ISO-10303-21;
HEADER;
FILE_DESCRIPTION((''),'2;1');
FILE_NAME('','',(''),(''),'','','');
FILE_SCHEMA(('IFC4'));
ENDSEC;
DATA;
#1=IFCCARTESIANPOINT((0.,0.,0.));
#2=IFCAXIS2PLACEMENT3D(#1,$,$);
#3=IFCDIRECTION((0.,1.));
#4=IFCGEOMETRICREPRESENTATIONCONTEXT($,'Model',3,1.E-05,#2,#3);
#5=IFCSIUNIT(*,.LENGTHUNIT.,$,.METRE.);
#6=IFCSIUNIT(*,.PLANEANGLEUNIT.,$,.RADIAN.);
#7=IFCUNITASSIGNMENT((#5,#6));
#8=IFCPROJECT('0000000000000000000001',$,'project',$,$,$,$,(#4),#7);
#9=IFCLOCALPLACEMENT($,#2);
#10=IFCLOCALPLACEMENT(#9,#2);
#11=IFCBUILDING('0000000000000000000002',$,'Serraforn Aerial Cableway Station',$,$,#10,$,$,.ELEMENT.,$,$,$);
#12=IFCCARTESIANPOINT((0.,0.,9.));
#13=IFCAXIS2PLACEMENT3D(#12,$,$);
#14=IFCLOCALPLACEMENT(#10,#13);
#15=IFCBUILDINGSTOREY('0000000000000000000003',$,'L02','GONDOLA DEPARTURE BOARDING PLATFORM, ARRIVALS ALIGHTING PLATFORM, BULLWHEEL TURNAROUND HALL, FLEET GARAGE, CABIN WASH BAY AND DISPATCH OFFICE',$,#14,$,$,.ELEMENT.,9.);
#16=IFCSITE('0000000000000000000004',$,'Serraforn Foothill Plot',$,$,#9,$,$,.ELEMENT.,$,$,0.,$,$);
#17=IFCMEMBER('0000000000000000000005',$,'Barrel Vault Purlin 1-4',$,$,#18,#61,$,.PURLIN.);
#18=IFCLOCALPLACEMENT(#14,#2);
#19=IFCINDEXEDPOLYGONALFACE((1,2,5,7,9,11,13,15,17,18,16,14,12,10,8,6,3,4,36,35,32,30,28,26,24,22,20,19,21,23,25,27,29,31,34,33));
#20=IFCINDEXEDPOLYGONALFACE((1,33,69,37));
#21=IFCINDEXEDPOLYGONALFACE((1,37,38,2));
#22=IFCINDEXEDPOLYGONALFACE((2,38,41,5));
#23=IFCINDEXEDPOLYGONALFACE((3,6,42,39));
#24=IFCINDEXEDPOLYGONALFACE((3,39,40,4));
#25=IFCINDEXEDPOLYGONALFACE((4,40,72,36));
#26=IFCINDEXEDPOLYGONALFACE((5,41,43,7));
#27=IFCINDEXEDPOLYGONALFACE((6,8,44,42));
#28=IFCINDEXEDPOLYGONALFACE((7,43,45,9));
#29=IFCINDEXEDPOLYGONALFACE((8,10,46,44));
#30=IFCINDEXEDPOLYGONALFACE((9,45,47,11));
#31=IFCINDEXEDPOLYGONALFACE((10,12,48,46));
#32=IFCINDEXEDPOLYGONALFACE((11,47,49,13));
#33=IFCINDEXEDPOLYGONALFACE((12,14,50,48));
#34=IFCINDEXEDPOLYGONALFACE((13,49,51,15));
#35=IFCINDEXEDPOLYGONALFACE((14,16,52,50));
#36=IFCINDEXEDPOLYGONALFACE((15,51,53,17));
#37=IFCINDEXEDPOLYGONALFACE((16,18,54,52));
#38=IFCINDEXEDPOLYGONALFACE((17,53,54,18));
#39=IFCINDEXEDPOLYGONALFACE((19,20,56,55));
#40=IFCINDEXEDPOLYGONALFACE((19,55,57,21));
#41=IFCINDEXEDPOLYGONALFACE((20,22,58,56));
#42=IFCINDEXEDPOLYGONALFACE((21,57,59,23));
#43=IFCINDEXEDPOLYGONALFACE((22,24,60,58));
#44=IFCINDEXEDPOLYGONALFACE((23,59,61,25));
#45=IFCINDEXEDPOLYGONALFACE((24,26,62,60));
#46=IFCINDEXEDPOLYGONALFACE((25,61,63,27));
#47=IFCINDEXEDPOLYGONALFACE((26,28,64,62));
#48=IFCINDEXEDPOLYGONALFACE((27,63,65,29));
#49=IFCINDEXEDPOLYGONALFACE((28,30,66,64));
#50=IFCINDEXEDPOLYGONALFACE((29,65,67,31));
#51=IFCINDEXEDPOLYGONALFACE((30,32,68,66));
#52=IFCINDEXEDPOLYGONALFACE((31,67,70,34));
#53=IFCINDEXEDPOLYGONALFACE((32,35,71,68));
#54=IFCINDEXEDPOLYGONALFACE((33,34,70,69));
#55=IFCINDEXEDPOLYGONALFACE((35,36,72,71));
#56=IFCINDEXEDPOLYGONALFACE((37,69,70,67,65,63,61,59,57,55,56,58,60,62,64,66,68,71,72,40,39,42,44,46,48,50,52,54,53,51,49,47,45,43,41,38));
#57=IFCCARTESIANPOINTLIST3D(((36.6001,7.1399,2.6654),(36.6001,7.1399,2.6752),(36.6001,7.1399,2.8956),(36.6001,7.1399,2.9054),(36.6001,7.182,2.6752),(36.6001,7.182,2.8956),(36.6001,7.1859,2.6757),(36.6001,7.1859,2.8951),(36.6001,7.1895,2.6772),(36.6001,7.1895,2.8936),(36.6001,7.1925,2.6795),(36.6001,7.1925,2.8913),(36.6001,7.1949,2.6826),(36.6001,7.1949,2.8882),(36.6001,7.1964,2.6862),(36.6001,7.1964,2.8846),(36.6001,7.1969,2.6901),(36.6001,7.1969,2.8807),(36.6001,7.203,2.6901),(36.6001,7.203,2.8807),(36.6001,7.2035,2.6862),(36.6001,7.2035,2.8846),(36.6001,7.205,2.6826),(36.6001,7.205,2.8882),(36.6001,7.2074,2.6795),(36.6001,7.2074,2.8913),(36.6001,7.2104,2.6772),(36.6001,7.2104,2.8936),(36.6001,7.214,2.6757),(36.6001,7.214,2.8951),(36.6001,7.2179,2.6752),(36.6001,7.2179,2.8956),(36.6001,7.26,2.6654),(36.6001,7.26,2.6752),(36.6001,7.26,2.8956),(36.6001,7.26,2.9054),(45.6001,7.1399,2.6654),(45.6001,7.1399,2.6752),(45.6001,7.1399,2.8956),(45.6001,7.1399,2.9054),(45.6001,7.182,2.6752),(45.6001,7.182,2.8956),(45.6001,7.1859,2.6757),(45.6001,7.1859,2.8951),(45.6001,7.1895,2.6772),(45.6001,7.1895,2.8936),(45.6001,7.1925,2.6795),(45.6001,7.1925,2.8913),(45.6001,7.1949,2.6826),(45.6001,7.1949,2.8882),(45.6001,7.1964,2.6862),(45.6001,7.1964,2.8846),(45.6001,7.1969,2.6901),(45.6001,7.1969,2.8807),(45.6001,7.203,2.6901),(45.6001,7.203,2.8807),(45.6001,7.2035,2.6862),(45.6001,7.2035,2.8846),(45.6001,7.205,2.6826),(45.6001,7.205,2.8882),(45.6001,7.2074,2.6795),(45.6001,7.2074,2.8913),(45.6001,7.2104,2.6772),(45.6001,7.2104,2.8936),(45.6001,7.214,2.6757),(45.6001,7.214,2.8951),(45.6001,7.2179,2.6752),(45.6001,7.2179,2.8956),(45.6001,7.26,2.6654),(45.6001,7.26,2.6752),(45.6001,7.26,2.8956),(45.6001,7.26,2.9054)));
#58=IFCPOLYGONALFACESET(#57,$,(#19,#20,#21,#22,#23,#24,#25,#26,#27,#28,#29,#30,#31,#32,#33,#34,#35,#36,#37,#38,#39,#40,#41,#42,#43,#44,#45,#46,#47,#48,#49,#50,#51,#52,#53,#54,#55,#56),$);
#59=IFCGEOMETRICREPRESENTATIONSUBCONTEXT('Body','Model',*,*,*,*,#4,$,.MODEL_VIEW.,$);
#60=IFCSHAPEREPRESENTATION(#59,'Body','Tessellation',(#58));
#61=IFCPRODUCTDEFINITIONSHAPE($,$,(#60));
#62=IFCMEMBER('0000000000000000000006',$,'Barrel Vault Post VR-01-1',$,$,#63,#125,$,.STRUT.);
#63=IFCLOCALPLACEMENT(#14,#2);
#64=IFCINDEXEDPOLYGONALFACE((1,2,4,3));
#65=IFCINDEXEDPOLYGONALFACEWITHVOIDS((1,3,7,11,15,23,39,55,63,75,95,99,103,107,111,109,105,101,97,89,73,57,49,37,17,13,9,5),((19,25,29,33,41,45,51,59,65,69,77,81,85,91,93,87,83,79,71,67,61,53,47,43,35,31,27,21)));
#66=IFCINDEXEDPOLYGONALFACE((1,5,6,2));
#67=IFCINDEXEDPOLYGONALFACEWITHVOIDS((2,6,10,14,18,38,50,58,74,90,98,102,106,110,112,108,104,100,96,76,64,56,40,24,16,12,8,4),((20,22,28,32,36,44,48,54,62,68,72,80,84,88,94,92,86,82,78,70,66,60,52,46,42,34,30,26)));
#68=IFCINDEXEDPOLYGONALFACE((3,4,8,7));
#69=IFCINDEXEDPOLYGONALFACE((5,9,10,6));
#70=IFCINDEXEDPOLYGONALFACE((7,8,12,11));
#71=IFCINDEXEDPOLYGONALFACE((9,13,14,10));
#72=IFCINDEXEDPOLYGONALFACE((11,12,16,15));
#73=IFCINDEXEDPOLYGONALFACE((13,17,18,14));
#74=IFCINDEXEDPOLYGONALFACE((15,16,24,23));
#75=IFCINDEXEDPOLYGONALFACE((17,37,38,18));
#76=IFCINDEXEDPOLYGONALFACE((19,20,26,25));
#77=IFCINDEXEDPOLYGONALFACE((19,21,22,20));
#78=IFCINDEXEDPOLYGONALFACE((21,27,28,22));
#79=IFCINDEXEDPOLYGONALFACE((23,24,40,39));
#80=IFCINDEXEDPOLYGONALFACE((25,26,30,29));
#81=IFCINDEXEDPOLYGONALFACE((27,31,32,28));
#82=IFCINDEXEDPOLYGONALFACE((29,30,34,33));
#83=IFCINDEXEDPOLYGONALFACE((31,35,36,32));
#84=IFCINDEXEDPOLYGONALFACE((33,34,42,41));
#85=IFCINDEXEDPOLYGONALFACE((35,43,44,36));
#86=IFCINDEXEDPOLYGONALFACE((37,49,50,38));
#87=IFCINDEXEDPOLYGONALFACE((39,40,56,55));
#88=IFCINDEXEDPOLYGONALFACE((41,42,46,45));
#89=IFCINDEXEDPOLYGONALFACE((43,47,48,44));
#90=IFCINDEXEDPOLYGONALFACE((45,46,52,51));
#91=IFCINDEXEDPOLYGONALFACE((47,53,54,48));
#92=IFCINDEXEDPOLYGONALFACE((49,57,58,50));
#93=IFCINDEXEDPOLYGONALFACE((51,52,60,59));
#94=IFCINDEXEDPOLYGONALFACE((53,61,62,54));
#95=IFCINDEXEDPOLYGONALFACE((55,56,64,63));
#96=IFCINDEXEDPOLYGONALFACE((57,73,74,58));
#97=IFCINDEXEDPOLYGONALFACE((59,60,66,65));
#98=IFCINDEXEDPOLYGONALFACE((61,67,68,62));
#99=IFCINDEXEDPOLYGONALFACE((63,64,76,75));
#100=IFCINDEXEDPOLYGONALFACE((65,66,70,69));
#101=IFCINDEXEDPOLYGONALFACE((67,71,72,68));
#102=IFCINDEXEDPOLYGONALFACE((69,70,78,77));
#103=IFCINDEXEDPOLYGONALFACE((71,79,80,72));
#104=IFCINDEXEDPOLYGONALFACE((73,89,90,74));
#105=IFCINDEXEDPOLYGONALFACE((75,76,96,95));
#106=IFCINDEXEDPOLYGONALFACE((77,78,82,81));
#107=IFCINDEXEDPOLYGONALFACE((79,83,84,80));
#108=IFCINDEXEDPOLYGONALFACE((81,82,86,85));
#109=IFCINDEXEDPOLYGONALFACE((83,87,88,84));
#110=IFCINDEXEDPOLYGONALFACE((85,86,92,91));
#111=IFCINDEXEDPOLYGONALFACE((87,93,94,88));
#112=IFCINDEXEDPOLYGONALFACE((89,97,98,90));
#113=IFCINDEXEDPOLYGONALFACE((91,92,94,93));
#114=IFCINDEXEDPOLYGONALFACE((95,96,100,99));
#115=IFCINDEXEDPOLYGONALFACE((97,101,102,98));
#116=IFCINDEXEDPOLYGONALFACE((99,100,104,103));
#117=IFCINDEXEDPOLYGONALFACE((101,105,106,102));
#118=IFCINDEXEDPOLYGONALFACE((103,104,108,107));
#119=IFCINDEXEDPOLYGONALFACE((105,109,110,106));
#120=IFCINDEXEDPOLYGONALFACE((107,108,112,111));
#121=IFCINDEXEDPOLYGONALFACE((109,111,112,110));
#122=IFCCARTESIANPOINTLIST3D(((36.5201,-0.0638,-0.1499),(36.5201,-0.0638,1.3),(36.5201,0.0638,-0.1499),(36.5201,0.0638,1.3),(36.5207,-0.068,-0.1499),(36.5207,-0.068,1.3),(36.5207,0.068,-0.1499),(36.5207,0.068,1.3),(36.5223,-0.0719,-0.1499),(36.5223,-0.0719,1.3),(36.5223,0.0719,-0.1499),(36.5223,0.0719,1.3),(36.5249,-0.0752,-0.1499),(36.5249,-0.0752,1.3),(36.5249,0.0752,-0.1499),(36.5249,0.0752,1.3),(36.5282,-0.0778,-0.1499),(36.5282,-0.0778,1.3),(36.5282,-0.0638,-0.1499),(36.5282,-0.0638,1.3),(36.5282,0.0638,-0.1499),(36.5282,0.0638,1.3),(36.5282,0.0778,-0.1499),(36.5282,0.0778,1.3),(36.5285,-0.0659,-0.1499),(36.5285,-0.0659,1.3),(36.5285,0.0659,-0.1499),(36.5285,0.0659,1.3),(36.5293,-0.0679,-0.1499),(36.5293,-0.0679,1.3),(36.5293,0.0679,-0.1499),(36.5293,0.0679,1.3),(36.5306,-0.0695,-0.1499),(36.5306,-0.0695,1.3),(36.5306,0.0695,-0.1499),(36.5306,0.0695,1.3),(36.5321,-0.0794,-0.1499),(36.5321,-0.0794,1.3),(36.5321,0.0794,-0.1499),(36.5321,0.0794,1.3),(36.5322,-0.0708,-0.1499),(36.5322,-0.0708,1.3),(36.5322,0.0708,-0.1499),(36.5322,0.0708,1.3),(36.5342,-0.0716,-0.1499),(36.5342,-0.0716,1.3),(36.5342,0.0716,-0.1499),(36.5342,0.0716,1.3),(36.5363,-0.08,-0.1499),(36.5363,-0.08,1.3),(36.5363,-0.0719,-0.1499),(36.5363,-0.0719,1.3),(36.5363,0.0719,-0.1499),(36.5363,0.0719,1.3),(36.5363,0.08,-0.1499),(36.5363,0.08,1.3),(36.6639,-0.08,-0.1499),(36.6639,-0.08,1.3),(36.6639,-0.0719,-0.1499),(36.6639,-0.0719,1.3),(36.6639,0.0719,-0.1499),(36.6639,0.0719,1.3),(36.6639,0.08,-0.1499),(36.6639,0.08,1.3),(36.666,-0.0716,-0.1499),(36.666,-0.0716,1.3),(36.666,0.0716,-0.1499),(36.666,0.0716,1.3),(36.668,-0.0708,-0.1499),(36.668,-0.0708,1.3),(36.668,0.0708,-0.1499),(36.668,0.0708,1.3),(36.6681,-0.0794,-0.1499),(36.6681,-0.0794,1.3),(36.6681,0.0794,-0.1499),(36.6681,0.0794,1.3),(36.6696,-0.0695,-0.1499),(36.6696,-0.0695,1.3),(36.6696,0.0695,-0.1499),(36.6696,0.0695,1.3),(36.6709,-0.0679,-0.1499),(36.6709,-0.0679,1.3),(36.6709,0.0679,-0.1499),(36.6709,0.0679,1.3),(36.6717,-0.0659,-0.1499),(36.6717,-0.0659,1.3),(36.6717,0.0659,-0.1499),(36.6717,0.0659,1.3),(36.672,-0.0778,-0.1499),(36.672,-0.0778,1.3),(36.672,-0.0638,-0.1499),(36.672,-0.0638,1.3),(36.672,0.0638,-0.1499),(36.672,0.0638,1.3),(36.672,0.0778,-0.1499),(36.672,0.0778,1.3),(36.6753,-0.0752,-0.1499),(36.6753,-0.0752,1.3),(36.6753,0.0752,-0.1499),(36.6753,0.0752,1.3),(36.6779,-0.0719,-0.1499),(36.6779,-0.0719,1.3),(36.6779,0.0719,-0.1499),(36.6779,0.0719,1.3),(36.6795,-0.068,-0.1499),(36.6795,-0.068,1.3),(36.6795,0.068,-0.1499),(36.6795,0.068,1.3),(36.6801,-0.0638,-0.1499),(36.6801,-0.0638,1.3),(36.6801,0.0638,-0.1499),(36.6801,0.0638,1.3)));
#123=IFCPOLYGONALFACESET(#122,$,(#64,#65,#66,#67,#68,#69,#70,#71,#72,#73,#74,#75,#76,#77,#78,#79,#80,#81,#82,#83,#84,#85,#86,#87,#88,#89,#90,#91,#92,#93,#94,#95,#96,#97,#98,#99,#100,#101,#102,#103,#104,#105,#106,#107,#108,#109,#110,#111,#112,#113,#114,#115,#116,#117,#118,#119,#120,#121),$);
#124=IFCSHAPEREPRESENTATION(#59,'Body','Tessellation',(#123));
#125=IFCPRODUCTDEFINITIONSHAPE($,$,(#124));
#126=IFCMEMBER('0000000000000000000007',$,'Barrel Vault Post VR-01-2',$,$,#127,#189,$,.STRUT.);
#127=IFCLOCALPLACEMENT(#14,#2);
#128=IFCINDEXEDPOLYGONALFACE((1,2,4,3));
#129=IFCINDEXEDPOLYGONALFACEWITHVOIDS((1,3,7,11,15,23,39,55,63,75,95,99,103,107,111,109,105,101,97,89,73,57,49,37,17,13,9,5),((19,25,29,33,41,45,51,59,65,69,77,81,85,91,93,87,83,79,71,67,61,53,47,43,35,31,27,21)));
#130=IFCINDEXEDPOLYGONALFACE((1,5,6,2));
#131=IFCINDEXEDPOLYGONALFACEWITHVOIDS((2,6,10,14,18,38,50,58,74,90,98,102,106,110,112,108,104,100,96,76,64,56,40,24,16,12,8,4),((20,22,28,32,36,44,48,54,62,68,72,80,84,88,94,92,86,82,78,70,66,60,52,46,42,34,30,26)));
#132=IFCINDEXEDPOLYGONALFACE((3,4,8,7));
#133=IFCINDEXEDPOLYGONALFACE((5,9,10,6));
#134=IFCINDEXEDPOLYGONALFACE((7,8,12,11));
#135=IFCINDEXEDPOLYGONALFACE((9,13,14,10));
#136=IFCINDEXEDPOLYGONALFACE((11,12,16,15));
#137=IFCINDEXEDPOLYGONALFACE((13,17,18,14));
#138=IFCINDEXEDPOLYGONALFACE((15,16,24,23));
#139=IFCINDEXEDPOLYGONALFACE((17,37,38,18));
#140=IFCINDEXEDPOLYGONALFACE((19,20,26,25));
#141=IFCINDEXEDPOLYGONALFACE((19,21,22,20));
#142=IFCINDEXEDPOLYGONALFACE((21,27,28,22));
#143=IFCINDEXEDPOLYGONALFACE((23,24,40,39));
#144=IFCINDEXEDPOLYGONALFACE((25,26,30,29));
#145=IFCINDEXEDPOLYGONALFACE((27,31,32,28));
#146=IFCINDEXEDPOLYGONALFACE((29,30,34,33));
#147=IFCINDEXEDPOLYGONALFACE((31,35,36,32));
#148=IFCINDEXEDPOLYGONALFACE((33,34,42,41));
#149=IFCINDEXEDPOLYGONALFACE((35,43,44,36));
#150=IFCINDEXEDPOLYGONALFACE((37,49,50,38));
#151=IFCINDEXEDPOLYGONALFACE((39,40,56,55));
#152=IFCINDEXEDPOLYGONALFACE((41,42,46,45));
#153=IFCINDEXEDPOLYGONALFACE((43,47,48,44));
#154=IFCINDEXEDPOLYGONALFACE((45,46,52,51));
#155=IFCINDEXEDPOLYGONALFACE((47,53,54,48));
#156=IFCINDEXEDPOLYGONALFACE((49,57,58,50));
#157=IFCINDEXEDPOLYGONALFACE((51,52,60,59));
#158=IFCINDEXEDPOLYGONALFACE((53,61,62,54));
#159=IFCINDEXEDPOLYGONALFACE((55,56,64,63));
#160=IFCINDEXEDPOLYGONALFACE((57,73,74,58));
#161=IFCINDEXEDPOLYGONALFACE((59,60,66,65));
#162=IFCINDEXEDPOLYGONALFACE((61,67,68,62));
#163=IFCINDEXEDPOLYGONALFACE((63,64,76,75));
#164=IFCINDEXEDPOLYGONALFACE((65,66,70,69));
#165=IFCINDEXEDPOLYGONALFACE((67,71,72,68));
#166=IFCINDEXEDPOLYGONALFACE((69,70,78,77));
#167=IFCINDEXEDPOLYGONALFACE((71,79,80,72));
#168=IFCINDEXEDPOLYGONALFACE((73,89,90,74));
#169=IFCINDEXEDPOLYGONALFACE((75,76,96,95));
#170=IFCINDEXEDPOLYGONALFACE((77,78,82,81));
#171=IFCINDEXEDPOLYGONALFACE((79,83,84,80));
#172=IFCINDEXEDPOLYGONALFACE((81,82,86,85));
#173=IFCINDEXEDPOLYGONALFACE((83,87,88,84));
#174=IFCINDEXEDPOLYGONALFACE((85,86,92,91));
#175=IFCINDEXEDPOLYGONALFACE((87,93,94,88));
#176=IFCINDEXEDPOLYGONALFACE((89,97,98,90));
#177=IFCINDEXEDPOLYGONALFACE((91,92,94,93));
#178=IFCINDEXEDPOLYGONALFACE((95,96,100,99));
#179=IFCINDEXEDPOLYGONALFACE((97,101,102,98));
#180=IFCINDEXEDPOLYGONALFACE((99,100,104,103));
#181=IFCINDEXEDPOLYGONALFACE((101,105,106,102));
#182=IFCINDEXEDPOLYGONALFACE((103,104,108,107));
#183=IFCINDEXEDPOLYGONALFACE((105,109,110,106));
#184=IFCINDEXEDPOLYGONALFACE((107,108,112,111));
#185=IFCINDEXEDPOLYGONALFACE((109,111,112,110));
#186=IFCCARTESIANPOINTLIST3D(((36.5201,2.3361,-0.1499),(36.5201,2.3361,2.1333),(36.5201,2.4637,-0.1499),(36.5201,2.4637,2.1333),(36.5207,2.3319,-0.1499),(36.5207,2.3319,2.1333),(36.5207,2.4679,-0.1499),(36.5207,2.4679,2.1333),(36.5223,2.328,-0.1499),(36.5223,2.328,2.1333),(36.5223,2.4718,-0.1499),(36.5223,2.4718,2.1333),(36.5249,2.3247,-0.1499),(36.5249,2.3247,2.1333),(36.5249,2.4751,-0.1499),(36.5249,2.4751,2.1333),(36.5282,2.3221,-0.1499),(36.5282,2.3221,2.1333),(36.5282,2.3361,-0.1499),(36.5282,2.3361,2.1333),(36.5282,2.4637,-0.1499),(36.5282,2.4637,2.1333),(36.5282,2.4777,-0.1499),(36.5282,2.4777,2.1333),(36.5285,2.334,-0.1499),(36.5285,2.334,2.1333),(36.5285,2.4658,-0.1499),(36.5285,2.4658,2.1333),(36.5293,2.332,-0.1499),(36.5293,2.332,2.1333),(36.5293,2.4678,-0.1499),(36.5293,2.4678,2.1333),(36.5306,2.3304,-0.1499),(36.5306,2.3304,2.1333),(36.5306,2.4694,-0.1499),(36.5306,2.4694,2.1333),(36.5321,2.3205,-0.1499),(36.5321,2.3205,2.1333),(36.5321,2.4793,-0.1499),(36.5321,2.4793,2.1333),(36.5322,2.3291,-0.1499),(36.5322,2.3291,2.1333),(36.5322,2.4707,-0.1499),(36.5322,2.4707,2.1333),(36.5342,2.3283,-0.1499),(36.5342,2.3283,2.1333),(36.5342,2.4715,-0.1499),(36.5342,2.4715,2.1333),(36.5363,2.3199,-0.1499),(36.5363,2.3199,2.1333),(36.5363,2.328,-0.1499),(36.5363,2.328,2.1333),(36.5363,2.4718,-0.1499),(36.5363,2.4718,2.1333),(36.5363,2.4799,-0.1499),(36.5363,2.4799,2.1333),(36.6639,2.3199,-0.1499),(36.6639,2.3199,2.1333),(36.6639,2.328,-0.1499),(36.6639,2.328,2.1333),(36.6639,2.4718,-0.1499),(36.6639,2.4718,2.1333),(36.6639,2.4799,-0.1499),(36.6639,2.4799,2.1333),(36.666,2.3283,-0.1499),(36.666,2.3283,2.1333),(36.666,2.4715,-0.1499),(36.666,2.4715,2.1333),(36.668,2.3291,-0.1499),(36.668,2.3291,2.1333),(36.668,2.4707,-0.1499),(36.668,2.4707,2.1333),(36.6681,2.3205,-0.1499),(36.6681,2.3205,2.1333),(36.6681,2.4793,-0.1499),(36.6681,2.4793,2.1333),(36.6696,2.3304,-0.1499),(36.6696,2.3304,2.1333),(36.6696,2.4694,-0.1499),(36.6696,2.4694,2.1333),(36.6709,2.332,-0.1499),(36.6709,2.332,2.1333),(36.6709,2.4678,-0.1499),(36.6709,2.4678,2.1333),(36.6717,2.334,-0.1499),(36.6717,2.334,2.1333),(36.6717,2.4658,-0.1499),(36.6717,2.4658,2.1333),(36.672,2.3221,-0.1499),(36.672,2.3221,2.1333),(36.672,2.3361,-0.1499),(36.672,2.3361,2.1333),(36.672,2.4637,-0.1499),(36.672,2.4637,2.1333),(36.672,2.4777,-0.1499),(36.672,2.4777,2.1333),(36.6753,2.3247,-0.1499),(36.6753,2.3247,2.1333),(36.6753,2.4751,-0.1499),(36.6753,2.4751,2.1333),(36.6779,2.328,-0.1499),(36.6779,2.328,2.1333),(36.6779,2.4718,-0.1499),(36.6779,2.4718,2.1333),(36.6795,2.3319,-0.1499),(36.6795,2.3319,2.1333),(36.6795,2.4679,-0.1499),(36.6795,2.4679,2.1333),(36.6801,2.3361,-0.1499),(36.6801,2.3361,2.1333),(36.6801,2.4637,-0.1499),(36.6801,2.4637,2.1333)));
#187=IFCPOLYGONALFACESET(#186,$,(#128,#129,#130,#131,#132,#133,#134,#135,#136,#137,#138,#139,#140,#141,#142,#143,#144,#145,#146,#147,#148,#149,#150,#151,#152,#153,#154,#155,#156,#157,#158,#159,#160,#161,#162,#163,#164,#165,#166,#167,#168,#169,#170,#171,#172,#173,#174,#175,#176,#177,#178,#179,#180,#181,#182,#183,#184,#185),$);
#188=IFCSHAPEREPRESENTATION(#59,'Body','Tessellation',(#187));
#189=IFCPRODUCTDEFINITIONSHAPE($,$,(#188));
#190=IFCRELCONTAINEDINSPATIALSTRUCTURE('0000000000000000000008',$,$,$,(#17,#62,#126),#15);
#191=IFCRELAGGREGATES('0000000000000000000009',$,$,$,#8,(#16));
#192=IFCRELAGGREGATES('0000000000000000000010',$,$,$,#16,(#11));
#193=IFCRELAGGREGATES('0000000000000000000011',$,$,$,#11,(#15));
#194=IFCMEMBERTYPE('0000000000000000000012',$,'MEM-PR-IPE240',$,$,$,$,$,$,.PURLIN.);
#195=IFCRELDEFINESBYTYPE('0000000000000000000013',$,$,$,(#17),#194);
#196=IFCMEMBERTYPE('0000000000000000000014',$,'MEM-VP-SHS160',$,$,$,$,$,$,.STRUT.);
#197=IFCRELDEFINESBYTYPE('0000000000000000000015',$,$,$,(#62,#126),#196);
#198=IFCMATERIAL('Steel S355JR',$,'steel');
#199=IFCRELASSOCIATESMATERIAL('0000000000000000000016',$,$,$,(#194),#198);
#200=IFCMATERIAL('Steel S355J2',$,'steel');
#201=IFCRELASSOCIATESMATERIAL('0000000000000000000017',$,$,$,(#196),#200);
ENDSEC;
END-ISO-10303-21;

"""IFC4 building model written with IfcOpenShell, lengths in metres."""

from ifc_helpers import new_model, si_unit, direction, frame, origin, origin_2d, place, context, subcontext, project, spatial, hollow_rectangle, i_section, extrude, material, material_profile, profile_set, type_object, element, save


model = new_model("IFC4")

# Units and contexts
model_context = context("Model", 3, precision=1e-05, world=origin(), true_north=direction((0.0, 1.0)))
body_context = subcontext(model_context, "Body", "Model", "MODEL_VIEW")
ifc_project = project(units=[si_unit("LENGTHUNIT", "METRE"), si_unit("PLANEANGLEUNIT", "RADIAN")], contexts=[model_context])

# Site, building, storey
site_placement = place(None, origin())
site = spatial("IfcSite", under=ifc_project, at=site_placement, Name="Serraforn Foothill Plot", CompositionType="ELEMENT", RefElevation=0.0)
building_placement = place(site_placement, origin())
building = spatial("IfcBuilding", under=site, at=building_placement, Name="Serraforn Aerial Cableway Station", CompositionType="ELEMENT")
storey_placement = place(building_placement, frame((0.0, 0.0, 9.0)))
storey = spatial("IfcBuildingStorey", under=building, at=storey_placement, Name="L02", Description="GONDOLA DEPARTURE BOARDING PLATFORM, ARRIVALS ALIGHTING PLATFORM, BULLWHEEL TURNAROUND HALL, FLEET GARAGE, CABIN WASH BAY AND DISPATCH OFFICE", CompositionType="ELEMENT", Elevation=9.0)

# Shared definitions
ifc_material_1 = material(Name="Steel S355JR", Category="steel")

# Members
ifc_material_2 = material(Name="Steel S355J2", Category="steel")
ifc_material_profile_1 = material_profile(ifc_material_1, i_section(OverallWidth=0.1201, OverallDepth=0.24, WebThickness=0.0061, FlangeThickness=0.0098, FilletRadius=0.0149, at=origin_2d()), Name="IPE 240")
ifc_profile_set_1 = profile_set([ifc_material_profile_1], Name="Steel S355JR")
member_type_1 = type_object("IfcMemberType", Name="MEM-PR-IPE240", PredefinedType="PURLIN", material=ifc_profile_set_1)
for number, where, z_axis, x_axis, name in (
    (1, (36.6001, 7.2, 2.7854), (1.0, 0.0, 0.0), (0.0, 1.0, 0.0), "Barrel Vault Purlin 1-4"),
):
    element("IfcMember", number, at=place(storey_placement, frame(where, z_axis=z_axis, x_axis=x_axis)), inside=storey, type_object=member_type_1, Name=name, PredefinedType="PURLIN", context=body_context, shape_type="SweptSolid", body=[
        extrude(i_section(OverallWidth=0.1201, OverallDepth=0.24, WebThickness=0.0061, FlangeThickness=0.0098, FilletRadius=0.0149, at=origin_2d()), origin(), (0.0, 0.0, 1.0), 9.0),
    ])
ifc_material_profile_2 = material_profile(ifc_material_2, hollow_rectangle(XDim=0.1599, YDim=0.1599, WallThickness=0.0081, InnerFilletRadius=0.0081, OuterFilletRadius=0.0161, at=origin_2d()), Name="SHS 160x160x8.0")
ifc_profile_set_2 = profile_set([ifc_material_profile_2], Name="Steel S355J2")
member_type_2 = type_object("IfcMemberType", Name="MEM-VP-SHS160", PredefinedType="STRUT", material=ifc_profile_set_2)
member_1_placement = place(storey_placement, frame((36.6001, 0.0, -0.1499), z_axis=(0.0, 0.0, 1.0), x_axis=(1.0, 0.0, 0.0)))
element("IfcMember", 2, at=member_1_placement, inside=storey, type_object=member_type_2, Name="Barrel Vault Post VR-01-1", PredefinedType="STRUT", context=body_context, shape_type="SweptSolid", body=[
    extrude(hollow_rectangle(XDim=0.1599, YDim=0.1599, WallThickness=0.0081, InnerFilletRadius=0.0081, OuterFilletRadius=0.0161, at=origin_2d()), origin(), (0.0, 0.0, 1.0), 1.45),
])
member_2_placement = place(storey_placement, frame((36.6001, 2.3999, -0.1499), z_axis=(0.0, 0.0, 1.0), x_axis=(1.0, 0.0, 0.0)))
element("IfcMember", 3, at=member_2_placement, inside=storey, type_object=member_type_2, Name="Barrel Vault Post VR-01-2", PredefinedType="STRUT", context=body_context, shape_type="SweptSolid", body=[
    extrude(hollow_rectangle(XDim=0.1599, YDim=0.1599, WallThickness=0.0081, InnerFilletRadius=0.0081, OuterFilletRadius=0.0161, at=origin_2d()), origin(), (0.0, 0.0, 1.0), 2.2832),
])

save(model, "model.ifc")
